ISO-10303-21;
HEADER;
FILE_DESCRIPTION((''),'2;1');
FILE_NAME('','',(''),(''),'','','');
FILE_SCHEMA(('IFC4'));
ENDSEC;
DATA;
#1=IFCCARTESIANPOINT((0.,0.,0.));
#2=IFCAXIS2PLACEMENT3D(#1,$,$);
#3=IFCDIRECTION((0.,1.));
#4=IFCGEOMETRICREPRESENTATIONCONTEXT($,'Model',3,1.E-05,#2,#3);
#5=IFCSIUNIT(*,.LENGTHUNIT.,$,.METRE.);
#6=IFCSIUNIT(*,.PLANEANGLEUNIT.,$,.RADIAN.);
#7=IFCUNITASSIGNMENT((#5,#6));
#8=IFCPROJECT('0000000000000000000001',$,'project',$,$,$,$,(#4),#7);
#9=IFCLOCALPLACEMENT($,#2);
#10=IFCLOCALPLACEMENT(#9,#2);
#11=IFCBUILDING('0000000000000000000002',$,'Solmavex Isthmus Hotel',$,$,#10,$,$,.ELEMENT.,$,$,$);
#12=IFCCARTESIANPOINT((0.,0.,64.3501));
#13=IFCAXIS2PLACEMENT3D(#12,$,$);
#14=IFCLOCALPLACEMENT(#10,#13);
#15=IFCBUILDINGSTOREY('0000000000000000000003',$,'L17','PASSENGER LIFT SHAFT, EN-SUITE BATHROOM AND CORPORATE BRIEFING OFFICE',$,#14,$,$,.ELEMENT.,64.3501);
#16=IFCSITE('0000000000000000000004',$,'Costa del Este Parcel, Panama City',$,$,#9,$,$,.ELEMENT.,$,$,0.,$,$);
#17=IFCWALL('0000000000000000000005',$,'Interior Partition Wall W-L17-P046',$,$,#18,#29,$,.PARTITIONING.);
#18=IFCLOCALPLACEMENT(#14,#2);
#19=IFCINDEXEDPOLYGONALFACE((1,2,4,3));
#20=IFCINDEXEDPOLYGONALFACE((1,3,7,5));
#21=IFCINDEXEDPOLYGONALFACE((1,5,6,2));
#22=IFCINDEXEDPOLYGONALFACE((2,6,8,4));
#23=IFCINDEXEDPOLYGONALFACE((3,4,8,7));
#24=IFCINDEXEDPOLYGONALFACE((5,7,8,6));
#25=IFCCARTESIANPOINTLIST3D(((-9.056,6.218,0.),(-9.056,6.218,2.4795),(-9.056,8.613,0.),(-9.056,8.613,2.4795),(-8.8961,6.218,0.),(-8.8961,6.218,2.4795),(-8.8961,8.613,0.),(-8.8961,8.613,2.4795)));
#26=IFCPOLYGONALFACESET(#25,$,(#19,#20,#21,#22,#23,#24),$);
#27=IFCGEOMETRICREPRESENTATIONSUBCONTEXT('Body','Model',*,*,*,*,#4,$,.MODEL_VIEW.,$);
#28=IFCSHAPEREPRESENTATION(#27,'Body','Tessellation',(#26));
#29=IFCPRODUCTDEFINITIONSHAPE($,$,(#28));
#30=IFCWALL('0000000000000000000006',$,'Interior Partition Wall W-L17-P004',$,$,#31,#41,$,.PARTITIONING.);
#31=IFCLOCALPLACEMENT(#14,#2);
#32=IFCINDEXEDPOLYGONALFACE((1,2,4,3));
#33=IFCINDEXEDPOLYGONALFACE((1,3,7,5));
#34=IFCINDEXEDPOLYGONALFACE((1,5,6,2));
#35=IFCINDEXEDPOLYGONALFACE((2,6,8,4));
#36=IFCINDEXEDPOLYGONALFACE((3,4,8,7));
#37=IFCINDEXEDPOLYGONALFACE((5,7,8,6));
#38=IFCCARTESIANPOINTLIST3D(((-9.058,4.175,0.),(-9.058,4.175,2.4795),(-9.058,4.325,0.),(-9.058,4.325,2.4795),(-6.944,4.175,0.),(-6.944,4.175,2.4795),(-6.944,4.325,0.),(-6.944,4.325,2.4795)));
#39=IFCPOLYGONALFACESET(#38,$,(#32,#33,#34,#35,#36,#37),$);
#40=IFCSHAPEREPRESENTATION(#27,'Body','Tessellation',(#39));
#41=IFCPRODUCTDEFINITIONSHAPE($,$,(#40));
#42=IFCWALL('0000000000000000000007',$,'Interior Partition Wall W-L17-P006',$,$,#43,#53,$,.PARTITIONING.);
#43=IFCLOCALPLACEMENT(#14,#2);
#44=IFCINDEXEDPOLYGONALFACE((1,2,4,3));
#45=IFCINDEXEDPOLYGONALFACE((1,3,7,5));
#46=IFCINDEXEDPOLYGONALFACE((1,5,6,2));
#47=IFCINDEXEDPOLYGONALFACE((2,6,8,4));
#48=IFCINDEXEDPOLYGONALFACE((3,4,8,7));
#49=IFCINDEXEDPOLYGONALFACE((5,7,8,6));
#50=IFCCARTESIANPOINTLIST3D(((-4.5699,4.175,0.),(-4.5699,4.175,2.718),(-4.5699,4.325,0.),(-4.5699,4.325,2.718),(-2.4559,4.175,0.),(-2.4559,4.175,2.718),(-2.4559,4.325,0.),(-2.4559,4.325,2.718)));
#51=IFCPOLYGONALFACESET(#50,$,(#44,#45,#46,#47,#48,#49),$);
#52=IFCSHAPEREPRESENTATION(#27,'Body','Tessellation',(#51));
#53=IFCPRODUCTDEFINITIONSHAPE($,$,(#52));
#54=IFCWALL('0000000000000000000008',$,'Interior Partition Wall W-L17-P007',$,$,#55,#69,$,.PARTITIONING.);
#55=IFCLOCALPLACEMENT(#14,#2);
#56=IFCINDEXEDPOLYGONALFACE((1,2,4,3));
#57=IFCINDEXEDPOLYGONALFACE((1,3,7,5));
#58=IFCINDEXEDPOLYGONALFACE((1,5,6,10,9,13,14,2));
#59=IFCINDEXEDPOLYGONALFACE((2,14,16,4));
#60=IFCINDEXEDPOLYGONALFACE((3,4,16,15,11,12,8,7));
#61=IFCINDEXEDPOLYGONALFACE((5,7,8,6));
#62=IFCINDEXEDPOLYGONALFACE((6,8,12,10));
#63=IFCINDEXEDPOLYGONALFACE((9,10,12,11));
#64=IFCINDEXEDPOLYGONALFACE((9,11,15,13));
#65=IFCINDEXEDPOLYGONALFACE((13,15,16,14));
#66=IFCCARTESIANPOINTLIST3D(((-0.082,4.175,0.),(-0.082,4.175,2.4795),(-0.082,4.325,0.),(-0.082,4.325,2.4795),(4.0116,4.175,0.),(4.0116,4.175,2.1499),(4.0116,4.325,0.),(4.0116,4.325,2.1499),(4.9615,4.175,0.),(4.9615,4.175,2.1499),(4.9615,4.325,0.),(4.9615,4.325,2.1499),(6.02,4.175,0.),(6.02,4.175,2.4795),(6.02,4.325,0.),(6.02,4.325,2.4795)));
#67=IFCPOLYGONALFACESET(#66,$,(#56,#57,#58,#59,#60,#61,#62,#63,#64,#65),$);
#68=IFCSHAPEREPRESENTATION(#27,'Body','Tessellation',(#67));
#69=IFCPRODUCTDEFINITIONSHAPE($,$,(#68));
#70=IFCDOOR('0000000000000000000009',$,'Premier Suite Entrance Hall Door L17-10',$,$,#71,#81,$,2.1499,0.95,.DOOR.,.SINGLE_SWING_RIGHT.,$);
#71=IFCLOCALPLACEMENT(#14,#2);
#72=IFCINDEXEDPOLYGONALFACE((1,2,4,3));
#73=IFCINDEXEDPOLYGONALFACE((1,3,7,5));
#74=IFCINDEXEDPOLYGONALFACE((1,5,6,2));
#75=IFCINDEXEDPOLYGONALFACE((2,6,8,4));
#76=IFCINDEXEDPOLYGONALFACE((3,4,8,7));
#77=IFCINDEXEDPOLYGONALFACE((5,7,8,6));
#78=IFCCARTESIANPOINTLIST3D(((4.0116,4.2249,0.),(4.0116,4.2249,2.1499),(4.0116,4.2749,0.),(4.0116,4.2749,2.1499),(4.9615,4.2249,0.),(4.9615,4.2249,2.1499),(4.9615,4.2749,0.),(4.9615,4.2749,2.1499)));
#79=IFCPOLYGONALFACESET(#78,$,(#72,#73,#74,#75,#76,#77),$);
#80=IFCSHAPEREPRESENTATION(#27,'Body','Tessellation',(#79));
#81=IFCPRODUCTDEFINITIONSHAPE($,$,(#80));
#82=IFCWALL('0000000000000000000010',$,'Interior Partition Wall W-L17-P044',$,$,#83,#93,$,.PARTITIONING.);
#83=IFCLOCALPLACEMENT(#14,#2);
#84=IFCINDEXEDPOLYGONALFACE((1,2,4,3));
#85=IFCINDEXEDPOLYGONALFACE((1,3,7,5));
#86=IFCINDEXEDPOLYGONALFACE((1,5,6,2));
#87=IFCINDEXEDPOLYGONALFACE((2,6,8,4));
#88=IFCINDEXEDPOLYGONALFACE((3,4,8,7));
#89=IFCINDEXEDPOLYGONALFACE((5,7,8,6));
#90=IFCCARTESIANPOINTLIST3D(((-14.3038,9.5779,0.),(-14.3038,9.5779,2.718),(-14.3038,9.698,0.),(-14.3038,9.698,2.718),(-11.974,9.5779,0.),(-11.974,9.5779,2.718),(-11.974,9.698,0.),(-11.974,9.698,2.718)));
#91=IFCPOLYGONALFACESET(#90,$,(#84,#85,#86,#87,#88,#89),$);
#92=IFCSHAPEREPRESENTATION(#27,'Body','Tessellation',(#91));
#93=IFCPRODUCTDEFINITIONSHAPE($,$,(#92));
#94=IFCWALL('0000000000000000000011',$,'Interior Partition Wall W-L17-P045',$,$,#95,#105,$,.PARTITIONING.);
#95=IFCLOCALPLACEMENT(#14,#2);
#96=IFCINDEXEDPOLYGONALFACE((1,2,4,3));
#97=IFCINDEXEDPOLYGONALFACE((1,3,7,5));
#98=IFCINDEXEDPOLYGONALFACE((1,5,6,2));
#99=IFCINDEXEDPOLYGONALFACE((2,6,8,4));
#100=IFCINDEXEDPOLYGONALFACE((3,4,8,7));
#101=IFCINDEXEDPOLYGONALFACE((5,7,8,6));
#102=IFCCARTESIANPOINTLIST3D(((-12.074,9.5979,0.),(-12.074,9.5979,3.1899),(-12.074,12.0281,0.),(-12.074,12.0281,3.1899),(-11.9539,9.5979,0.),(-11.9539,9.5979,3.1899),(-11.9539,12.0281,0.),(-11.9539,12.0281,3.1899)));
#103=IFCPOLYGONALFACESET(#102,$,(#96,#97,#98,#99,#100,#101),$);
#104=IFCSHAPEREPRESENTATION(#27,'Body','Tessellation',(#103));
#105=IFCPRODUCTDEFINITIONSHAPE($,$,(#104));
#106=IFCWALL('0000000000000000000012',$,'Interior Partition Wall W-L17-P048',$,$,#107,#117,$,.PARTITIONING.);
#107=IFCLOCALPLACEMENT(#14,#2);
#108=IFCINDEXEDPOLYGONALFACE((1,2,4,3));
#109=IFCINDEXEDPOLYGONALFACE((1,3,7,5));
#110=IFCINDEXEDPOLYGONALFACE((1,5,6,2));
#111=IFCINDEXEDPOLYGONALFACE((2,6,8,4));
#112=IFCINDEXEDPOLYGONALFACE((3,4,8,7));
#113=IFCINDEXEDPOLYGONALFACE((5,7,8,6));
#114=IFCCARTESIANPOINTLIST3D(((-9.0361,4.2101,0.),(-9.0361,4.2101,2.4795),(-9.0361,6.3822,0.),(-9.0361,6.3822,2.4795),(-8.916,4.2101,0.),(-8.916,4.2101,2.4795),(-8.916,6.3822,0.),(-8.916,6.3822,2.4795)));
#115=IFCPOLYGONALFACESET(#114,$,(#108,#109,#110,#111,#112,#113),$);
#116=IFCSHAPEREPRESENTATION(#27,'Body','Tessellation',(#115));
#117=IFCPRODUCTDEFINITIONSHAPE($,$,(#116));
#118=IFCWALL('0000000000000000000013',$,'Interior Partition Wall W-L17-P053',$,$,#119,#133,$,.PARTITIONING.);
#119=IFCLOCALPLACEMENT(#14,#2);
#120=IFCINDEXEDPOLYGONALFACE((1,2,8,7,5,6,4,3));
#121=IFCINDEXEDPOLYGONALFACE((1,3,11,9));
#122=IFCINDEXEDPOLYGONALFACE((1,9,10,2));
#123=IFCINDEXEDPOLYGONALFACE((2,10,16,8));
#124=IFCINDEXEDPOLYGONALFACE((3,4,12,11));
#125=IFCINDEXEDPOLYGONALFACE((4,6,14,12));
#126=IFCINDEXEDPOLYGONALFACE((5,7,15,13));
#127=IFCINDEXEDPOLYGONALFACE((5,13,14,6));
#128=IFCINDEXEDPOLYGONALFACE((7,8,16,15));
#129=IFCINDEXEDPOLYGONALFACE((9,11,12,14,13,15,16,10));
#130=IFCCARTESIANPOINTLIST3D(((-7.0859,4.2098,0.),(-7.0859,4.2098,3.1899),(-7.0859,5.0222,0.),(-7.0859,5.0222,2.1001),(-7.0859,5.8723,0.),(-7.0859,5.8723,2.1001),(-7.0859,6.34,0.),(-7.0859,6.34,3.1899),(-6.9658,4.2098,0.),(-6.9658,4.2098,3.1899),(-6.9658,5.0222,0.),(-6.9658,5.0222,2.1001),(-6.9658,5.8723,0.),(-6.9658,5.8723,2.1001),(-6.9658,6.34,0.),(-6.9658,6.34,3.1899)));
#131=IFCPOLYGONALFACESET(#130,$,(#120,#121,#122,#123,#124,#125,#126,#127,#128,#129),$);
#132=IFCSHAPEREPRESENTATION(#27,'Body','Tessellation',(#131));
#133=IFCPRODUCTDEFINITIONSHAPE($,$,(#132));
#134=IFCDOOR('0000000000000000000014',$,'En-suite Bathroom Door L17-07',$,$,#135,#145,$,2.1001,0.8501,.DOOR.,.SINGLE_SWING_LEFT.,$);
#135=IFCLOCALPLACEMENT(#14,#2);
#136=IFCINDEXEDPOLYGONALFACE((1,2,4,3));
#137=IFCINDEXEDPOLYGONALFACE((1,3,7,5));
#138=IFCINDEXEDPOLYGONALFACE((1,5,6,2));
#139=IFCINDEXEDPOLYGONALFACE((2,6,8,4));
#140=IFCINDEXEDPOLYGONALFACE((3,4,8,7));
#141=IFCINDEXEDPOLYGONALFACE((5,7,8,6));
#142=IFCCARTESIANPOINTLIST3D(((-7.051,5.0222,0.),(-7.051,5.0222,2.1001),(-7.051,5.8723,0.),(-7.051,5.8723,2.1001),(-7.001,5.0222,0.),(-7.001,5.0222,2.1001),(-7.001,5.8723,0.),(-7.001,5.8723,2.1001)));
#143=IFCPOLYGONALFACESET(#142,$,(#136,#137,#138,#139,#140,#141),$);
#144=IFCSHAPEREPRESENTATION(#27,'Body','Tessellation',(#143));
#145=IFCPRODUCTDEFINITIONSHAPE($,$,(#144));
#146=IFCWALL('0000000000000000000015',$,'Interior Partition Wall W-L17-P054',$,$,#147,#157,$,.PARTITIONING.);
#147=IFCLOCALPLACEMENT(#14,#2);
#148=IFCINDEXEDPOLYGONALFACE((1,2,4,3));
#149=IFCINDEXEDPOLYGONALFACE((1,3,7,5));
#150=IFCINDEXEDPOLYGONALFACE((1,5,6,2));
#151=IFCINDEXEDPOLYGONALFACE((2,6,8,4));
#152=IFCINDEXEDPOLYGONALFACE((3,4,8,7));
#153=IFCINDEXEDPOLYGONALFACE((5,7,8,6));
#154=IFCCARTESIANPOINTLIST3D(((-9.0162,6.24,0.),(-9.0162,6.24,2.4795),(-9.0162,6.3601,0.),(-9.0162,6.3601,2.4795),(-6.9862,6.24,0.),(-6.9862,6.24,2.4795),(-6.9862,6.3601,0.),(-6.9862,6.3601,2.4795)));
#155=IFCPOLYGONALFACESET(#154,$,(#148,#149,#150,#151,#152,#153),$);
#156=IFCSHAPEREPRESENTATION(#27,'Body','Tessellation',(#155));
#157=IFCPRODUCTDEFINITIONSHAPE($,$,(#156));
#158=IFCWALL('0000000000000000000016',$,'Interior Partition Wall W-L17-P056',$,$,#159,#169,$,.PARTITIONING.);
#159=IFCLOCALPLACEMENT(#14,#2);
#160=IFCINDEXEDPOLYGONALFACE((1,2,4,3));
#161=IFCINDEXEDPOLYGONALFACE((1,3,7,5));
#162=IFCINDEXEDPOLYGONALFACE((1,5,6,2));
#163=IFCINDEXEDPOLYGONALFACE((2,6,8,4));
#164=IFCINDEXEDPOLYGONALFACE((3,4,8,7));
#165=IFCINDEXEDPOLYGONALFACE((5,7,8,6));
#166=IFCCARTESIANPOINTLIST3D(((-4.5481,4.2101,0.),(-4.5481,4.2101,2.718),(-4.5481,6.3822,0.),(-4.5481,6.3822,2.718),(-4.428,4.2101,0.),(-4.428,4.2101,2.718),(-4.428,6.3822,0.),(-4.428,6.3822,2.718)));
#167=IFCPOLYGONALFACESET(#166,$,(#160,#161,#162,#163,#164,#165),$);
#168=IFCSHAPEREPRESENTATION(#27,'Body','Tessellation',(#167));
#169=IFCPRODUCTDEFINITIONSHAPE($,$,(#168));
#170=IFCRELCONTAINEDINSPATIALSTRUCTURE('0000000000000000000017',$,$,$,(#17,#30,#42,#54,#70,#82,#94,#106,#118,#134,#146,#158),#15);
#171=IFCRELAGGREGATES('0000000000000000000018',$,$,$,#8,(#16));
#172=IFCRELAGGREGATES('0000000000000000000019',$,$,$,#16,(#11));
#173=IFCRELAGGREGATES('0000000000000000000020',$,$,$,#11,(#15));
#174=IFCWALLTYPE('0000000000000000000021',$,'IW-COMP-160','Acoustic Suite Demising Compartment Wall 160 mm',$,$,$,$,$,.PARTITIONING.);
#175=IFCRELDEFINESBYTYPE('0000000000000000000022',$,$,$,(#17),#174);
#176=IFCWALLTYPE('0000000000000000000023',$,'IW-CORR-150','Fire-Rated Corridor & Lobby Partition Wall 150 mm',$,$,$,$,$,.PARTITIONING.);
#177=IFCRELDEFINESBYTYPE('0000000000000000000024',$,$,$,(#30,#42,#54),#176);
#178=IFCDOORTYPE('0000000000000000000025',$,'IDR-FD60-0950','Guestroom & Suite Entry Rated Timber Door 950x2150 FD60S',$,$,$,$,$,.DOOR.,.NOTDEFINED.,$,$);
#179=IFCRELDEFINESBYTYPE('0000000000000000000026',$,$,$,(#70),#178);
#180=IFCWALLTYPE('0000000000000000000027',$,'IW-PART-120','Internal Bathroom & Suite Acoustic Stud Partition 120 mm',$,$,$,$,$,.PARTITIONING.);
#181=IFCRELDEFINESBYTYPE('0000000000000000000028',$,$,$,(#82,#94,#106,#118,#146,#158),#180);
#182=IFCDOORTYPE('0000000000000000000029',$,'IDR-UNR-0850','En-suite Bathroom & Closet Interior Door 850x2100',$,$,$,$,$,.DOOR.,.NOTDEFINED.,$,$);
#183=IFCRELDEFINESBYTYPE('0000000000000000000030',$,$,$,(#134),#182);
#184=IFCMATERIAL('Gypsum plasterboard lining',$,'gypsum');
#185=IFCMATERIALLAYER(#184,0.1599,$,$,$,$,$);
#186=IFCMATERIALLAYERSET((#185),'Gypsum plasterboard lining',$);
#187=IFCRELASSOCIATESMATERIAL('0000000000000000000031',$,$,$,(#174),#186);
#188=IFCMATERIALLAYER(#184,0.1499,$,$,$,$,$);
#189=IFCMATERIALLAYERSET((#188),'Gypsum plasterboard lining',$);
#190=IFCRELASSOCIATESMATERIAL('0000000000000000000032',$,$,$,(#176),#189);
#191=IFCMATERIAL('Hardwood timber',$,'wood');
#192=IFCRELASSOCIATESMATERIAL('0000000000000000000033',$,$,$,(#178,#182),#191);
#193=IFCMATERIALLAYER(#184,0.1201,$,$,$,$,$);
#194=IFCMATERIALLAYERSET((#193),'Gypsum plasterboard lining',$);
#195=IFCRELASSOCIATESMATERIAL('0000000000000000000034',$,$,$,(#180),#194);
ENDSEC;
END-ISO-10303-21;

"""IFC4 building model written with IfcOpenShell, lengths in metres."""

from ifc_helpers import new_model, si_unit, direction, frame, frame_2d, origin, place, context, subcontext, project, spatial, rectangle, extrude, material, layer, layer_set, type_object, element, fill, save


model = new_model("IFC4")

# Units and contexts
model_context = context("Model", 3, precision=1e-05, world=origin(), true_north=direction((0.0, 1.0)))
body_context = subcontext(model_context, "Body", "Model", "MODEL_VIEW")
ifc_project = project(units=[si_unit("LENGTHUNIT", "METRE"), si_unit("PLANEANGLEUNIT", "RADIAN")], contexts=[model_context])

# Site, building, storey
site_placement = place(None, origin())
site = spatial("IfcSite", under=ifc_project, at=site_placement, Name="Costa del Este Parcel, Panama City", CompositionType="ELEMENT", RefElevation=0.0)
building_placement = place(site_placement, origin())
building = spatial("IfcBuilding", under=site, at=building_placement, Name="Solmavex Isthmus Hotel", CompositionType="ELEMENT")
storey_placement = place(building_placement, frame((0.0, 0.0, 64.3501)))
storey = spatial("IfcBuildingStorey", under=building, at=storey_placement, Name="L17", Description="PASSENGER LIFT SHAFT, EN-SUITE BATHROOM AND CORPORATE BRIEFING OFFICE", CompositionType="ELEMENT", Elevation=64.3501)

# Wall
ifc_material_1 = material(Name="Gypsum plasterboard lining", Category="gypsum")
ifc_layer_1 = layer(ifc_material_1, 0.1599)
ifc_layer_set_1 = layer_set([ifc_layer_1], Name="Gypsum plasterboard lining")
wall_type_1 = type_object("IfcWallType", Name="IW-COMP-160", Description="Acoustic Suite Demising Compartment Wall 160 mm", PredefinedType="PARTITIONING", material=ifc_layer_set_1)
wall_1_placement = place(storey_placement, frame((-8.9761, 8.613, 0.0), z_axis=(0.0, 0.0, 1.0), x_axis=(0.0, -1.0, 0.0)))
element("IfcWall", 1, at=wall_1_placement, inside=storey, type_object=wall_type_1, Name="Interior Partition Wall W-L17-P046", PredefinedType="PARTITIONING", context=body_context, shape_type="SweptSolid", body=[
    extrude(rectangle(XDim=2.395, YDim=0.1599, at=frame_2d((1.1975, 0.0))), origin(), (0.0, 0.0, 1.0), 2.4795),
])

# Shared definitions
ifc_layer_2 = layer(ifc_material_1, 0.1499)
ifc_layer_set_2 = layer_set([ifc_layer_2], Name="Gypsum plasterboard lining")
wall_type_2 = type_object("IfcWallType", Name="IW-CORR-150", Description="Fire-Rated Corridor & Lobby Partition Wall 150 mm", PredefinedType="PARTITIONING", material=ifc_layer_set_2)
ifc_material_2 = material(Name="Hardwood timber", Category="wood")
door_type_1 = type_object("IfcDoorType", Name="IDR-FD60-0950", Description="Guestroom & Suite Entry Rated Timber Door 950x2150 FD60S", OperationType="NOTDEFINED", PredefinedType="DOOR", material=ifc_material_2)

# Wall
wall_2_placement = place(storey_placement, frame((-9.0581, 4.25, 0.0), z_axis=(0.0, 0.0, 1.0), x_axis=(1.0, 0.0, 0.0)))
element("IfcWall", 2, at=wall_2_placement, inside=storey, type_object=wall_type_2, Name="Interior Partition Wall W-L17-P004", PredefinedType="PARTITIONING", context=body_context, shape_type="SweptSolid", body=[
    extrude(rectangle(XDim=2.114, YDim=0.1499, at=frame_2d((1.0571, 0.0))), origin(), (0.0, 0.0, 1.0), 2.4795),
])

# Wall
wall_3_placement = place(storey_placement, frame((-4.5701, 4.25, 0.0), z_axis=(0.0, 0.0, 1.0), x_axis=(1.0, 0.0, 0.0)))
element("IfcWall", 3, at=wall_3_placement, inside=storey, type_object=wall_type_2, Name="Interior Partition Wall W-L17-P006", PredefinedType="PARTITIONING", context=body_context, shape_type="SweptSolid", body=[
    extrude(rectangle(XDim=2.114, YDim=0.1499, at=frame_2d((1.0571, 0.0))), origin(), (0.0, 0.0, 1.0), 2.718),
])

# Wall, opening, door
wall_4_placement = place(storey_placement, frame((-0.082, 4.25, 0.0), z_axis=(0.0, 0.0, 1.0), x_axis=(1.0, 0.0, 0.0)))
wall_4 = element("IfcWall", 4, at=wall_4_placement, inside=storey, type_object=wall_type_2, Name="Interior Partition Wall W-L17-P007", PredefinedType="PARTITIONING", context=body_context, shape_type="SweptSolid", body=[
    extrude(rectangle(XDim=6.1021, YDim=0.1499, at=frame_2d((3.051, 0.0))), origin(), (0.0, 0.0, 1.0), 2.4795),
])
opening_1_placement = place(wall_4_placement, frame((4.0935, 0.0, 0.0)))
opening_1 = element("IfcOpeningElement", 5, at=opening_1_placement, cuts=wall_4, PredefinedType="OPENING", context=body_context, shape_type="SweptSolid", body=[
    extrude(rectangle(XDim=0.95, YDim=2.1499, at=frame_2d((0.4751, 1.075))), frame((0.0, 0.085, 0.0), z_axis=(0.0, -1.0, 0.0), x_axis=(1.0, 0.0, 0.0)), (0.0, 0.0, 1.0), 0.1699),
])
door_1_placement = place(opening_1_placement, origin())
door_1 = element("IfcDoor", 6, at=door_1_placement, inside=storey, type_object=door_type_1, Name="Premier Suite Entrance Hall Door L17-10", OperationType="SINGLE_SWING_RIGHT", OverallHeight=2.1499, OverallWidth=0.95, PredefinedType="DOOR", context=body_context, shape_type="SweptSolid", body=[
    extrude(rectangle(XDim=0.95, YDim=2.1499, at=frame_2d((0.4751, 1.075))), frame((0.0, 0.0249, 0.0), z_axis=(0.0, -1.0, 0.0), x_axis=(1.0, 0.0, 0.0)), (0.0, 0.0, 1.0), 0.05),
])
fill(opening_1, door_1)

# Walls
ifc_layer_3 = layer(ifc_material_1, 0.1201)
ifc_layer_set_3 = layer_set([ifc_layer_3], Name="Gypsum plasterboard lining")
wall_type_3 = type_object("IfcWallType", Name="IW-PART-120", Description="Internal Bathroom & Suite Acoustic Stud Partition 120 mm", PredefinedType="PARTITIONING", material=ifc_layer_set_3)
wall_5_placement = place(storey_placement, frame((-14.304, 9.6379, 0.0), z_axis=(0.0, 0.0, 1.0), x_axis=(1.0, 0.0, 0.0)))
element("IfcWall", 7, at=wall_5_placement, inside=storey, type_object=wall_type_3, Name="Interior Partition Wall W-L17-P044", PredefinedType="PARTITIONING", context=body_context, shape_type="SweptSolid", body=[
    extrude(rectangle(XDim=2.3298, YDim=0.1201, at=frame_2d((1.165, 0.0))), origin(), (0.0, 0.0, 1.0), 2.718),
])
wall_6_placement = place(storey_placement, frame((-12.0139, 9.5979, 0.0), z_axis=(0.0, 0.0, 1.0), x_axis=(0.0, 1.0, 0.0)))
element("IfcWall", 8, at=wall_6_placement, inside=storey, type_object=wall_type_3, Name="Interior Partition Wall W-L17-P045", PredefinedType="PARTITIONING", context=body_context, shape_type="SweptSolid", body=[
    extrude(rectangle(XDim=2.4302, YDim=0.1201, at=frame_2d((1.2151, 0.0))), origin(), (0.0, 0.0, 1.0), 3.1899),
])
wall_7_placement = place(storey_placement, frame((-8.9761, 6.3821, 0.0), z_axis=(0.0, 0.0, 1.0), x_axis=(0.0, -1.0, 0.0)))
element("IfcWall", 9, at=wall_7_placement, inside=storey, type_object=wall_type_3, Name="Interior Partition Wall W-L17-P048", PredefinedType="PARTITIONING", context=body_context, shape_type="SweptSolid", body=[
    extrude(rectangle(XDim=2.1721, YDim=0.1201, at=frame_2d((1.0859, 0.0))), origin(), (0.0, 0.0, 1.0), 2.4795),
])

# Wall, opening, door
wall_8_placement = place(storey_placement, frame((-7.0259, 4.21, 0.0), z_axis=(0.0, 0.0, 1.0), x_axis=(0.0, 1.0, 0.0)))
wall_8 = element("IfcWall", 10, at=wall_8_placement, inside=storey, type_object=wall_type_3, Name="Interior Partition Wall W-L17-P053", PredefinedType="PARTITIONING", context=body_context, shape_type="SweptSolid", body=[
    extrude(rectangle(XDim=2.1301, YDim=0.1201, at=frame_2d((1.0649, 0.0))), origin(), (0.0, 0.0, 1.0), 3.1899),
])
opening_2_placement = place(wall_8_placement, frame((0.8123, 0.0, 0.0)))
opening_2 = element("IfcOpeningElement", 11, at=opening_2_placement, cuts=wall_8, PredefinedType="OPENING", context=body_context, shape_type="SweptSolid", body=[
    extrude(rectangle(XDim=0.8501, YDim=2.1001, at=frame_2d((0.425, 1.05))), frame((0.0, 0.0701, 0.0), z_axis=(0.0, -1.0, 0.0), x_axis=(1.0, 0.0, 0.0)), (0.0, 0.0, 1.0), 0.1401),
])
door_type_2 = type_object("IfcDoorType", Name="IDR-UNR-0850", Description="En-suite Bathroom & Closet Interior Door 850x2100", OperationType="NOTDEFINED", PredefinedType="DOOR", material=ifc_material_2)
door_2_placement = place(opening_2_placement, frame((0.8501, 0.0, 0.0), z_axis=(0.0, 0.0, 1.0), x_axis=(-1.0, 0.0, 0.0)))
door_2 = element("IfcDoor", 12, at=door_2_placement, inside=storey, type_object=door_type_2, Name="En-suite Bathroom Door L17-07", OperationType="SINGLE_SWING_LEFT", OverallHeight=2.1001, OverallWidth=0.8501, PredefinedType="DOOR", context=body_context, shape_type="SweptSolid", body=[
    extrude(rectangle(XDim=0.8501, YDim=2.1001, at=frame_2d((0.425, 1.05))), frame((0.0, 0.0249, 0.0), z_axis=(0.0, -1.0, 0.0), x_axis=(1.0, 0.0, 0.0)), (0.0, 0.0, 1.0), 0.05),
])
fill(opening_2, door_2)

# Walls
wall_9_placement = place(storey_placement, frame((-6.9861, 6.3, 0.0), z_axis=(0.0, 0.0, 1.0), x_axis=(-1.0, 0.0, 0.0)))
element("IfcWall", 13, at=wall_9_placement, inside=storey, type_object=wall_type_3, Name="Interior Partition Wall W-L17-P054", PredefinedType="PARTITIONING", context=body_context, shape_type="SweptSolid", body=[
    extrude(rectangle(XDim=2.03, YDim=0.1201, at=frame_2d((1.0151, 0.0))), origin(), (0.0, 0.0, 1.0), 2.4795),
])
wall_10_placement = place(storey_placement, frame((-4.488, 6.3821, 0.0), z_axis=(0.0, 0.0, 1.0), x_axis=(0.0, -1.0, 0.0)))
element("IfcWall", 14, at=wall_10_placement, inside=storey, type_object=wall_type_3, Name="Interior Partition Wall W-L17-P056", PredefinedType="PARTITIONING", context=body_context, shape_type="SweptSolid", body=[
    extrude(rectangle(XDim=2.1721, YDim=0.1201, at=frame_2d((1.0859, 0.0))), origin(), (0.0, 0.0, 1.0), 2.718),
])

save(model, "model.ifc")
